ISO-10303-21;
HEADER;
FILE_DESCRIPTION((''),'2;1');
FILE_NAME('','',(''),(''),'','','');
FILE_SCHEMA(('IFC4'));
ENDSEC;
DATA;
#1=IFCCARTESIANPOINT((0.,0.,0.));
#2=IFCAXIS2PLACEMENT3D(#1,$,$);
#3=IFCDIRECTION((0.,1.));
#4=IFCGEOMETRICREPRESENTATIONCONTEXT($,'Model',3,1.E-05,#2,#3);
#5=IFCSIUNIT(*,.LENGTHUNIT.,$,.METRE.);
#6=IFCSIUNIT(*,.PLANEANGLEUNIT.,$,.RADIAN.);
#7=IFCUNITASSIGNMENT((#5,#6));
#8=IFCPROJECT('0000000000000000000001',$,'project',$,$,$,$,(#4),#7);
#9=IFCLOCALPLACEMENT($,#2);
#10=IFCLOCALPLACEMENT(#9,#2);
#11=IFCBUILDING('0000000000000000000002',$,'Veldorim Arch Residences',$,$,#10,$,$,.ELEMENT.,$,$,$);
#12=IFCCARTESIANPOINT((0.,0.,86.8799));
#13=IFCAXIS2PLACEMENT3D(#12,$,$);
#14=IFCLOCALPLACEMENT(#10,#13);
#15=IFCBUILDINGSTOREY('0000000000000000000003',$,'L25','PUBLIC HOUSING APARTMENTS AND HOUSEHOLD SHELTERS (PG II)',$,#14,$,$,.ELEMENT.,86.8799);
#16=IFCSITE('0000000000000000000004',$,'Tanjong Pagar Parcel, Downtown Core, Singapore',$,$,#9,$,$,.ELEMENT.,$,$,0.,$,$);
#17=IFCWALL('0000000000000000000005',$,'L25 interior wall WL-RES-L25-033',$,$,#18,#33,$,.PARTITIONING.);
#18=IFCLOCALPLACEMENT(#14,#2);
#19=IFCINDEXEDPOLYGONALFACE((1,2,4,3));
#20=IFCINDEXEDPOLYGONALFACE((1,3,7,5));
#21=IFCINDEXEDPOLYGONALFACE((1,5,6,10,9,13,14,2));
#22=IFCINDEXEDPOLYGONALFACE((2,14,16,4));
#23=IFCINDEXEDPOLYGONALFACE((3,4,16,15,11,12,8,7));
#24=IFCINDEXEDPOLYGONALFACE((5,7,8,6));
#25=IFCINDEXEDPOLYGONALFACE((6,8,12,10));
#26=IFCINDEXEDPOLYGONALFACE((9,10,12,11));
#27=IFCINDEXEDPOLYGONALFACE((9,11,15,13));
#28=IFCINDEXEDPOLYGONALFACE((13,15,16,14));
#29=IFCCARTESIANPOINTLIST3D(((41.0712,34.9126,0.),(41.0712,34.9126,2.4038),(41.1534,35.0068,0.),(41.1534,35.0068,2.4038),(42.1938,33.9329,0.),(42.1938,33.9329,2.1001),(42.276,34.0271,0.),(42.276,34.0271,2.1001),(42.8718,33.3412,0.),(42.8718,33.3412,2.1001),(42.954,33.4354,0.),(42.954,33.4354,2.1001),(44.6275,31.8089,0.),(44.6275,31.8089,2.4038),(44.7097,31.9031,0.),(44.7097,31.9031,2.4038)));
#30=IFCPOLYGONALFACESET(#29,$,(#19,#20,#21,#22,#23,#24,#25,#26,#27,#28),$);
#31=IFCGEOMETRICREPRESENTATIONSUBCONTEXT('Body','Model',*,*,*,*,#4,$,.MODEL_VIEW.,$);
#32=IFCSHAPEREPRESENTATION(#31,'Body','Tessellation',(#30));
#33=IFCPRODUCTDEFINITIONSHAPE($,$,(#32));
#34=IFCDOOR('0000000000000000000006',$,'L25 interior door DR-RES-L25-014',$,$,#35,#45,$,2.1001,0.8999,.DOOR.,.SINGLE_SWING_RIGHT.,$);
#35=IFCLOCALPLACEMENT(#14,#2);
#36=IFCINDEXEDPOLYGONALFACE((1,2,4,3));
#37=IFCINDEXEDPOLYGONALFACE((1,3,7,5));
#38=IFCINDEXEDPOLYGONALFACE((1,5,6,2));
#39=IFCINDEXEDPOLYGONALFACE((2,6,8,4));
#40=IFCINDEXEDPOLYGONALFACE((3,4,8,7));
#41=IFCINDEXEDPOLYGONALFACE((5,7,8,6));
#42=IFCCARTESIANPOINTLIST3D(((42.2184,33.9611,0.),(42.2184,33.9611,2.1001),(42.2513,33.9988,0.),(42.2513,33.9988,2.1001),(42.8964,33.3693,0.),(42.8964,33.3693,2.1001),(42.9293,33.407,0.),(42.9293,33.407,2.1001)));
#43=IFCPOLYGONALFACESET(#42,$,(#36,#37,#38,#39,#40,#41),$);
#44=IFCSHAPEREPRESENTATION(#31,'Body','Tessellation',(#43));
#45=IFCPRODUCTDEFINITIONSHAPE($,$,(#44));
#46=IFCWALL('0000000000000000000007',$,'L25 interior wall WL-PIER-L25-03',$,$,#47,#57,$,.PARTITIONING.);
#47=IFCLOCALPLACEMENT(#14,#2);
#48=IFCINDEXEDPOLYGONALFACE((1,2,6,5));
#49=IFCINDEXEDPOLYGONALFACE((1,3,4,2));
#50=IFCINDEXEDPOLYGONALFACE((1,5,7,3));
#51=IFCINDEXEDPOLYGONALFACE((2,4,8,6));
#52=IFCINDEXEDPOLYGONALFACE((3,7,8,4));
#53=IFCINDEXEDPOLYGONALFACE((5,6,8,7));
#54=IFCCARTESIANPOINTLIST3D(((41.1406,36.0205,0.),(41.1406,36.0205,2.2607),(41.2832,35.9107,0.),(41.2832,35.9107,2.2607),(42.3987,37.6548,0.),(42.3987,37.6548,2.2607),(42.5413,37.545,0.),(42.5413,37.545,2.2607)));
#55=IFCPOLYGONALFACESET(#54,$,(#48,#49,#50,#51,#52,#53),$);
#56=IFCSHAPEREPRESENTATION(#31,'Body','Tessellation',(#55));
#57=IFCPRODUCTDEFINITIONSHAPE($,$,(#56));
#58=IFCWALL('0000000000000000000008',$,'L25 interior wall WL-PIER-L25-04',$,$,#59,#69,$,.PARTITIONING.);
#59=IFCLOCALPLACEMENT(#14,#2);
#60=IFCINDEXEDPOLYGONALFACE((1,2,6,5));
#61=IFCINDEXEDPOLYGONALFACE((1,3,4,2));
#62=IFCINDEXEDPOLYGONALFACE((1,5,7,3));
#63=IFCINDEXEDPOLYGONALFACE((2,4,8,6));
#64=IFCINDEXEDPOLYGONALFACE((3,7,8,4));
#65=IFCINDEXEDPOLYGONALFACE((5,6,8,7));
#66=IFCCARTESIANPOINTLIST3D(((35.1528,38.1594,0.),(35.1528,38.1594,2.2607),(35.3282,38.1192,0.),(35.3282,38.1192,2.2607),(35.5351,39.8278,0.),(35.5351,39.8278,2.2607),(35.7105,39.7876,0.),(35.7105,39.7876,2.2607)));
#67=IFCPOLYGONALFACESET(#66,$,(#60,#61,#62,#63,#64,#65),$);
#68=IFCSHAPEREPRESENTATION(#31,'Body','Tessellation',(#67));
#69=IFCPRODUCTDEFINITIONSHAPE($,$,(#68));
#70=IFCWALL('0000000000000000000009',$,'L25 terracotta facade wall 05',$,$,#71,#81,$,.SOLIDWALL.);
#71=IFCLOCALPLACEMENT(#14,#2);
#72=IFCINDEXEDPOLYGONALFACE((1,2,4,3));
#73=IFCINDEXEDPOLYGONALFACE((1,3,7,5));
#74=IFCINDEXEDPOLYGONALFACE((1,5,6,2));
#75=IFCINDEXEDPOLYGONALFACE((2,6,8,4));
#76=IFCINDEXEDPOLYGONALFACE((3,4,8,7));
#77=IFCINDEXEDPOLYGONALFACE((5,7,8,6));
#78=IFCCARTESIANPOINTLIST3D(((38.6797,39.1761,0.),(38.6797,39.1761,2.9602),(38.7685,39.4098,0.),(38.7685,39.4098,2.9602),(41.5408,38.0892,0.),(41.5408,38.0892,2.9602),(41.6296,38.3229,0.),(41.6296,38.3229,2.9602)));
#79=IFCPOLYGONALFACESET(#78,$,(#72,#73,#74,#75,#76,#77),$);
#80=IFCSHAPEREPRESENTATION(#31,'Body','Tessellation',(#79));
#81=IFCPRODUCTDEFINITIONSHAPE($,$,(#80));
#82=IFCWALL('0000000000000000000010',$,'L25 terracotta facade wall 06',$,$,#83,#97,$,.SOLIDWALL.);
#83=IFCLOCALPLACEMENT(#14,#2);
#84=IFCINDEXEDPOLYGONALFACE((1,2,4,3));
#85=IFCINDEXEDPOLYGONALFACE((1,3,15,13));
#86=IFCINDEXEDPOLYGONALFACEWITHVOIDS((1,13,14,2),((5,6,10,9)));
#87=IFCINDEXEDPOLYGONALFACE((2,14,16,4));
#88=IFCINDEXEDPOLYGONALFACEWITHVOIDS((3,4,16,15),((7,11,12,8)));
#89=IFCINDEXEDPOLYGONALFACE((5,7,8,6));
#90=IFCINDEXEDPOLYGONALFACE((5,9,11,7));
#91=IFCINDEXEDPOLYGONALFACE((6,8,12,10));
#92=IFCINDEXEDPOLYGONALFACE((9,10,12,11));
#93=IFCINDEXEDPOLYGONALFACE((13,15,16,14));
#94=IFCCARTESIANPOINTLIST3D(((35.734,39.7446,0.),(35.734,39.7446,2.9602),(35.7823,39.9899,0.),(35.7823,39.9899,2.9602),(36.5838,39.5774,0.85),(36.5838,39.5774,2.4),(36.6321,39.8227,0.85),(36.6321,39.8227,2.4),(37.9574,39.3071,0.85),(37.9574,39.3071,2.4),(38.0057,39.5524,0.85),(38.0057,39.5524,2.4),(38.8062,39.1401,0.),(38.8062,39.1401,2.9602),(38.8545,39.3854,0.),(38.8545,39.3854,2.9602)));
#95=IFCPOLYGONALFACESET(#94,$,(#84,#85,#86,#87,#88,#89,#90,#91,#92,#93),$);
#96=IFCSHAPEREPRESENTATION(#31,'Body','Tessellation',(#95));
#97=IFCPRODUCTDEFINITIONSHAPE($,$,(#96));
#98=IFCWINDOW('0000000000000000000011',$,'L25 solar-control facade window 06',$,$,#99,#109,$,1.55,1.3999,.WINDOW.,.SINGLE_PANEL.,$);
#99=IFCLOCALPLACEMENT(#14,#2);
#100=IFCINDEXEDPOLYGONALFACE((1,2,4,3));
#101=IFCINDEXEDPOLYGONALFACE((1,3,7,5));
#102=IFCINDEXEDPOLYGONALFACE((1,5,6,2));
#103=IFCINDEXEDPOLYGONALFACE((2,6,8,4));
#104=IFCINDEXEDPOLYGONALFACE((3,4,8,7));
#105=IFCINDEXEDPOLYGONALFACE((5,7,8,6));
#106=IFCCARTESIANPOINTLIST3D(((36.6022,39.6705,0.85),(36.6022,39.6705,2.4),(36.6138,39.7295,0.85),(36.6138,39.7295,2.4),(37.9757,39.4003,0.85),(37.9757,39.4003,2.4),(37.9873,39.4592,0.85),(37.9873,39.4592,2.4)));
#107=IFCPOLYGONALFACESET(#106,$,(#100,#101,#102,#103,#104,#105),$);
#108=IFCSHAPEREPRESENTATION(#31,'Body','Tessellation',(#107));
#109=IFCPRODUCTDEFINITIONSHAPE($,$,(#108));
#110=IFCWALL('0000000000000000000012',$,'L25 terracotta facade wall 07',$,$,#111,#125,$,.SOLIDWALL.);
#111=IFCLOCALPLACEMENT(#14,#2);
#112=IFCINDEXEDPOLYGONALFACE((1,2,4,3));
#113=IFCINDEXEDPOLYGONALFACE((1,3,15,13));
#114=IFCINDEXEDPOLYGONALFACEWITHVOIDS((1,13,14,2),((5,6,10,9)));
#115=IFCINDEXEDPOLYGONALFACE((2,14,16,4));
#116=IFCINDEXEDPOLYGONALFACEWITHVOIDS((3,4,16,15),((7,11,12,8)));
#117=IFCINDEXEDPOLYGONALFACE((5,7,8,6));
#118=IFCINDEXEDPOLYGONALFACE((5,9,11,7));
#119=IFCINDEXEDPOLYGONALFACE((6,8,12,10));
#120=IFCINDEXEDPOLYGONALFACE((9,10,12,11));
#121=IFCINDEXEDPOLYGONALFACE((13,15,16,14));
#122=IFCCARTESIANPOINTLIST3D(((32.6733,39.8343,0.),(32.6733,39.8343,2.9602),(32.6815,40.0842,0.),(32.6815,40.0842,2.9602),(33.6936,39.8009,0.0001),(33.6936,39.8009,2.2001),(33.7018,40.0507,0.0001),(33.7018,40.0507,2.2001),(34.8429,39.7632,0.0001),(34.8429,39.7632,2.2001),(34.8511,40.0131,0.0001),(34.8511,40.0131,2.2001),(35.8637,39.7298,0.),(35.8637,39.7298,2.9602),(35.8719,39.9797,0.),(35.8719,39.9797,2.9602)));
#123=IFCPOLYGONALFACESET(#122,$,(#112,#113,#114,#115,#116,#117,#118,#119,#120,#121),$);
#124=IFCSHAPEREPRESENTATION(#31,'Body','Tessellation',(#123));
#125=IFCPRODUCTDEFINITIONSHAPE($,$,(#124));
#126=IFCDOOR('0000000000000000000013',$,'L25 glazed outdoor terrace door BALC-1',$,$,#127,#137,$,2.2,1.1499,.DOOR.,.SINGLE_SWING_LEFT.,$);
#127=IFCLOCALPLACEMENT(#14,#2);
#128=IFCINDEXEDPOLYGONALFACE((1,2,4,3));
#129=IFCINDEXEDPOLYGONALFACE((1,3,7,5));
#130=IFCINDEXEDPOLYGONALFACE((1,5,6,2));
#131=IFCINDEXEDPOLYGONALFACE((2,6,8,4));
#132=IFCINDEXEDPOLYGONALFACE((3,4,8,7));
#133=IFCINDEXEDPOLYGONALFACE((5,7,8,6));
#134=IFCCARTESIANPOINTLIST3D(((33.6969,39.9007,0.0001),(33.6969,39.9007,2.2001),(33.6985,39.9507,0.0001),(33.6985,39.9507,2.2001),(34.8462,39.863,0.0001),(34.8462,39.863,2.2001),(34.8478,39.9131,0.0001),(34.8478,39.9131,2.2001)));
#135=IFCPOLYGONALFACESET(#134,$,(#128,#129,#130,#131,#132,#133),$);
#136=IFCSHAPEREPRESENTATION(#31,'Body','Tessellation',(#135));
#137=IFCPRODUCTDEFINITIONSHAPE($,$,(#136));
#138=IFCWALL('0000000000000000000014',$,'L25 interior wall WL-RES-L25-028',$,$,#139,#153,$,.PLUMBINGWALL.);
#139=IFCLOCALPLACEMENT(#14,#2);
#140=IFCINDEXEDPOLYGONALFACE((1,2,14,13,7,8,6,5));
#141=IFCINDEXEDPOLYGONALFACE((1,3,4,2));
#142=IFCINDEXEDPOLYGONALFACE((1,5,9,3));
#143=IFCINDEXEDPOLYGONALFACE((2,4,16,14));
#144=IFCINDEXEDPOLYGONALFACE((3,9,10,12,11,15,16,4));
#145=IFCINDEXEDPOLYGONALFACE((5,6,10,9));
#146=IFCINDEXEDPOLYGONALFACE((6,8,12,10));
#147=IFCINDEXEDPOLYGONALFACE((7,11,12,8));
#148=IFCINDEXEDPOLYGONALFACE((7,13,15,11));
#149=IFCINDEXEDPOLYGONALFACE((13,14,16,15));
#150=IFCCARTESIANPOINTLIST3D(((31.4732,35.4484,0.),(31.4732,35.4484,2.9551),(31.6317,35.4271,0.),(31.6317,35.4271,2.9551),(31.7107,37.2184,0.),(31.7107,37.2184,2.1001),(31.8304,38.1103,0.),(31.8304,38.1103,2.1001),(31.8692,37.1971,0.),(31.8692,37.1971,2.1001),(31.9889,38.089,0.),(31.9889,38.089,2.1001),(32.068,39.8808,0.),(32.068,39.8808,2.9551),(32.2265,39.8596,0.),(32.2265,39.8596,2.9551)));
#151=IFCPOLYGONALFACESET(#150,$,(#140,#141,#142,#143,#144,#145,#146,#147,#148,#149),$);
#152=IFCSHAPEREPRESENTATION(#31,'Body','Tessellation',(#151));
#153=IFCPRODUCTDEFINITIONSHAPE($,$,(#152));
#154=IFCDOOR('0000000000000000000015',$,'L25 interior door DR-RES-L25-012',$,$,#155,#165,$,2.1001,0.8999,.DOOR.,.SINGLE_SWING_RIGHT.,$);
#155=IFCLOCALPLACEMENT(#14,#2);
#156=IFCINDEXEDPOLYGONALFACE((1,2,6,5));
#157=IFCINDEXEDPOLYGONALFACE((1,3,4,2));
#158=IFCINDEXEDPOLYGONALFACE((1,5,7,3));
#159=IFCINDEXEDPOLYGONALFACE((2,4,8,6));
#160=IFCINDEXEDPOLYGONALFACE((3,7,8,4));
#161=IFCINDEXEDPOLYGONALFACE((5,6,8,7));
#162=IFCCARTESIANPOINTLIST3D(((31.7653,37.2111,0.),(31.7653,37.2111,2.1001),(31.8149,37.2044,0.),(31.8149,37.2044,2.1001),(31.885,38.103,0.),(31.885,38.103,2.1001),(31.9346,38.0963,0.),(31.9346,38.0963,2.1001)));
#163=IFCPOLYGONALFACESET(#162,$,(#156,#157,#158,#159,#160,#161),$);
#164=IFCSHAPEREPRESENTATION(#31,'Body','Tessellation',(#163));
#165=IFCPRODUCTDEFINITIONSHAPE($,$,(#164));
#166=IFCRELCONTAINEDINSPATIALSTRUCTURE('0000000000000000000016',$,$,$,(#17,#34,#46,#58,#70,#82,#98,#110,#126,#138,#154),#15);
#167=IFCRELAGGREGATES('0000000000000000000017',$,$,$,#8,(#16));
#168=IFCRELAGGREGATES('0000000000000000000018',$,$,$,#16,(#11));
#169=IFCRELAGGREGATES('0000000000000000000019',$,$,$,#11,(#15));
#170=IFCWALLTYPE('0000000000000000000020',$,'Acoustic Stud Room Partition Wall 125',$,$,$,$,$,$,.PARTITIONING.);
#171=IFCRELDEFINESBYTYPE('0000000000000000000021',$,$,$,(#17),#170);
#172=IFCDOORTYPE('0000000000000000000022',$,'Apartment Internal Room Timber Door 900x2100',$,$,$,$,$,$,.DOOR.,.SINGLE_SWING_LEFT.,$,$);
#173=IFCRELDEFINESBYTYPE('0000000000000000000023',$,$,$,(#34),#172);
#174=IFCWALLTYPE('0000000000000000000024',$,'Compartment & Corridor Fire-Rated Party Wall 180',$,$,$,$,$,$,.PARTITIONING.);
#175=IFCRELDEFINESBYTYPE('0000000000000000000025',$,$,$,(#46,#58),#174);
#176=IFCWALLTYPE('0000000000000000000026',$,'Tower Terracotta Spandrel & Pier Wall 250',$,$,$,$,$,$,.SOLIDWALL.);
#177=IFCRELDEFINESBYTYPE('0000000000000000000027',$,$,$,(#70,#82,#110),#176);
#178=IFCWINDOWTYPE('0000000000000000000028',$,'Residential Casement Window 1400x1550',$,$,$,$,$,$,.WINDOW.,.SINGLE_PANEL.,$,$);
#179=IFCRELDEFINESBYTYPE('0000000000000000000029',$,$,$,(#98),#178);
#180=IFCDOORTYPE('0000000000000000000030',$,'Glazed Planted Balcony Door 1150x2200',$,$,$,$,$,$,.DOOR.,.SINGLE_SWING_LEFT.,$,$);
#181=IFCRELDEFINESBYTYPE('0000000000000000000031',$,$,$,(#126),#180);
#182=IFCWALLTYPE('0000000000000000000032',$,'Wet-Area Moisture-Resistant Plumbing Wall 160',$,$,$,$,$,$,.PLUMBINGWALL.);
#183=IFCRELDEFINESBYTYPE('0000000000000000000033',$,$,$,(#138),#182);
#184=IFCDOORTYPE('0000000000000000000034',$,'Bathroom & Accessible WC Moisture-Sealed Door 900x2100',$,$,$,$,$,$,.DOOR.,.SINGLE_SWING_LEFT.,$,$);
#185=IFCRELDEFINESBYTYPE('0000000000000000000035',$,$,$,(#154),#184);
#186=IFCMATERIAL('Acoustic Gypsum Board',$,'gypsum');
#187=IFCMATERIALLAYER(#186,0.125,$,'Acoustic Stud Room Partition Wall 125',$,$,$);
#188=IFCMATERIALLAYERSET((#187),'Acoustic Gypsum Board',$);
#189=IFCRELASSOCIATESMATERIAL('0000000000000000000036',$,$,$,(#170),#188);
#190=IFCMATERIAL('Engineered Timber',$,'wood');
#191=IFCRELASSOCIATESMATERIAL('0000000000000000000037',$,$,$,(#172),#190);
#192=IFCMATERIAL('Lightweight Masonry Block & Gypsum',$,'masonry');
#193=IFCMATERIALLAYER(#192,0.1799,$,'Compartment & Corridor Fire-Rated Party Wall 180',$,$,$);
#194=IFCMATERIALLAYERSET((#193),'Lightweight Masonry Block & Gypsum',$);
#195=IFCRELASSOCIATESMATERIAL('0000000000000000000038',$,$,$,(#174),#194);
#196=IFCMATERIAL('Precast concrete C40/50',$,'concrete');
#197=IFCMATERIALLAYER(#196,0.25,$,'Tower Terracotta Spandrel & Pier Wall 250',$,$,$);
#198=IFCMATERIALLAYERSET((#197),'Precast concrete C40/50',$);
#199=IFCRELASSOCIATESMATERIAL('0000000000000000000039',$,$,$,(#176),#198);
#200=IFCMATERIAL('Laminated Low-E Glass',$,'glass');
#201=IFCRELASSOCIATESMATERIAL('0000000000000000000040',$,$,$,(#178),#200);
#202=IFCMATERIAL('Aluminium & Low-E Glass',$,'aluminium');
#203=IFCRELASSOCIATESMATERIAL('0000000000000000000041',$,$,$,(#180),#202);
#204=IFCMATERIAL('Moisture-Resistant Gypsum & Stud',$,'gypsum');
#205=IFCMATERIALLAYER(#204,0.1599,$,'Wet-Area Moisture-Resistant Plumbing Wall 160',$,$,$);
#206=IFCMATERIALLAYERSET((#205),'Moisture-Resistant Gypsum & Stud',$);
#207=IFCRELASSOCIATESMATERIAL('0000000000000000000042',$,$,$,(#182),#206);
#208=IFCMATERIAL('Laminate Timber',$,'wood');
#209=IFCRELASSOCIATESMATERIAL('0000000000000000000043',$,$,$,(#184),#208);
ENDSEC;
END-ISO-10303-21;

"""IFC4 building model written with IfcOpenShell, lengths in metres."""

from ifc_helpers import new_model, si_unit, direction, frame, frame_2d, origin, place, context, subcontext, project, spatial, rectangle, extrude, material, layer, layer_set, type_object, element, fill, save


model = new_model("IFC4")

# Units and contexts
model_context = context("Model", 3, precision=1e-05, world=origin(), true_north=direction((0.0, 1.0)))
body_context = subcontext(model_context, "Body", "Model", "MODEL_VIEW")
ifc_project = project(units=[si_unit("LENGTHUNIT", "METRE"), si_unit("PLANEANGLEUNIT", "RADIAN")], contexts=[model_context])

# Site, building, storey
site_placement = place(None, origin())
site = spatial("IfcSite", under=ifc_project, at=site_placement, Name="Tanjong Pagar Parcel, Downtown Core, Singapore", CompositionType="ELEMENT", RefElevation=0.0)
building_placement = place(site_placement, origin())
building = spatial("IfcBuilding", under=site, at=building_placement, Name="Veldorim Arch Residences", CompositionType="ELEMENT")
storey_placement = place(building_placement, frame((0.0, 0.0, 86.8799)))
storey = spatial("IfcBuildingStorey", under=building, at=storey_placement, Name="L25", Description="PUBLIC HOUSING APARTMENTS AND HOUSEHOLD SHELTERS (PG II)", CompositionType="ELEMENT", Elevation=86.8799)

# Wall, opening, door
ifc_material_1 = material(Name="Acoustic Gypsum Board", Category="gypsum")
ifc_layer_1 = layer(ifc_material_1, 0.125, Name="Acoustic Stud Room Partition Wall 125")
ifc_layer_set_1 = layer_set([ifc_layer_1], Name="Acoustic Gypsum Board")
wall_type_1 = type_object("IfcWallType", Name="Acoustic Stud Room Partition Wall 125", PredefinedType="PARTITIONING", material=ifc_layer_set_1)
ifc_material_2 = material(Name="Engineered Timber", Category="wood")
door_type_1 = type_object("IfcDoorType", Name="Apartment Internal Room Timber Door 900x2100", OperationType="SINGLE_SWING_LEFT", PredefinedType="DOOR", material=ifc_material_2)
wall_1_placement = place(storey_placement, frame((41.1123, 34.9597, 0.0), z_axis=(0.0, 0.0, 1.0), x_axis=(0.753425, -0.657534, 0.0)))
wall_1 = element("IfcWall", 1, at=wall_1_placement, inside=storey, type_object=wall_type_1, Name="L25 interior wall WL-RES-L25-033", PredefinedType="PARTITIONING", context=body_context, shape_type="SweptSolid", body=[
    extrude(rectangle(XDim=4.7202, YDim=0.125, at=frame_2d((2.3601, 0.0))), origin(), (0.0, 0.0, 1.0), 2.4038),
])
opening_1_placement = place(wall_1_placement, frame((1.49, 0.0, 0.0)))
opening_1 = element("IfcOpeningElement", 2, at=opening_1_placement, cuts=wall_1, PredefinedType="OPENING", context=body_context, shape_type="SweptSolid", body=[
    extrude(rectangle(XDim=0.8999, YDim=2.1001, at=frame_2d((0.45, 1.05))), frame((0.0, 0.0725, 0.0), z_axis=(0.0, -1.0, 0.0), x_axis=(1.0, 0.0, 0.0)), (0.0, 0.0, 1.0), 0.145),
])
door_1_placement = place(opening_1_placement, origin())
door_1 = element("IfcDoor", 3, at=door_1_placement, inside=storey, type_object=door_type_1, Name="L25 interior door DR-RES-L25-014", OperationType="SINGLE_SWING_RIGHT", OverallHeight=2.1001, OverallWidth=0.8999, PredefinedType="DOOR", context=body_context, shape_type="SweptSolid", body=[
    extrude(rectangle(XDim=0.8999, YDim=2.1001, at=frame_2d((0.45, 1.05))), frame((0.0, 0.0249, 0.0), z_axis=(0.0, -1.0, 0.0), x_axis=(1.0, 0.0, 0.0)), (0.0, 0.0, 1.0), 0.05),
])
fill(opening_1, door_1)

# Walls
ifc_material_3 = material(Name="Lightweight Masonry Block & Gypsum", Category="masonry")
ifc_layer_2 = layer(ifc_material_3, 0.1799, Name="Compartment & Corridor Fire-Rated Party Wall 180")
ifc_layer_set_2 = layer_set([ifc_layer_2], Name="Lightweight Masonry Block & Gypsum")
wall_type_2 = type_object("IfcWallType", Name="Compartment & Corridor Fire-Rated Party Wall 180", PredefinedType="PARTITIONING", material=ifc_layer_set_2)
wall_2_placement = place(storey_placement, frame((41.2119, 35.9656, 0.0), z_axis=(0.0, 0.0, 1.0), x_axis=(0.609991, 0.792408, 0.0)))
element("IfcWall", 4, at=wall_2_placement, inside=storey, type_object=wall_type_2, Name="L25 interior wall WL-PIER-L25-03", PredefinedType="PARTITIONING", context=body_context, shape_type="SweptSolid", body=[
    extrude(rectangle(XDim=2.0625, YDim=0.1799, at=frame_2d((1.0312, 0.0))), origin(), (0.0, 0.0, 1.0), 2.2607),
])
wall_3_placement = place(storey_placement, frame((35.2405, 38.1392, 0.0), z_axis=(0.0, 0.0, 1.0), x_axis=(0.223359, 0.974736, 0.0)))
element("IfcWall", 5, at=wall_3_placement, inside=storey, type_object=wall_type_2, Name="L25 interior wall WL-PIER-L25-04", PredefinedType="PARTITIONING", context=body_context, shape_type="SweptSolid", body=[
    extrude(rectangle(XDim=1.7117, YDim=0.1799, at=frame_2d((0.856, 0.0))), origin(), (0.0, 0.0, 1.0), 2.2607),
])
ifc_material_4 = material(Name="Precast concrete C40/50", Category="concrete")
ifc_layer_3 = layer(ifc_material_4, 0.25, Name="Tower Terracotta Spandrel & Pier Wall 250")
ifc_layer_set_3 = layer_set([ifc_layer_3], Name="Precast concrete C40/50")
wall_type_3 = type_object("IfcWallType", Name="Tower Terracotta Spandrel & Pier Wall 250", PredefinedType="SOLIDWALL", material=ifc_layer_set_3)
wall_4_placement = place(storey_placement, frame((38.7241, 39.293, 0.0), z_axis=(0.0, 0.0, 1.0), x_axis=(0.934816, -0.355133, 0.0)))
element("IfcWall", 6, at=wall_4_placement, inside=storey, type_object=wall_type_3, Name="L25 terracotta facade wall 05", PredefinedType="SOLIDWALL", context=body_context, shape_type="SweptSolid", body=[
    extrude(rectangle(XDim=3.0605, YDim=0.25, at=frame_2d((1.5303, 0.0))), origin(), (0.0, 0.0, 1.0), 2.9602),
])

# Wall, opening, window
wall_5_placement = place(storey_placement, frame((35.7583, 39.8672, 0.0), z_axis=(0.0, 0.0, 1.0), x_axis=(0.981188, -0.193056, 0.0)))
wall_5 = element("IfcWall", 7, at=wall_5_placement, inside=storey, type_object=wall_type_3, Name="L25 terracotta facade wall 06", PredefinedType="SOLIDWALL", context=body_context, shape_type="SweptSolid", body=[
    extrude(rectangle(XDim=3.1311, YDim=0.25, at=frame_2d((1.5654, 0.0))), origin(), (0.0, 0.0, 1.0), 2.9602),
])
opening_2_placement = place(wall_5_placement, frame((0.866, 0.0, 0.8501)))
opening_2 = element("IfcOpeningElement", 8, at=opening_2_placement, cuts=wall_5, PredefinedType="OPENING", context=body_context, shape_type="SweptSolid", body=[
    extrude(rectangle(XDim=1.3999, YDim=1.55, at=frame_2d((0.7, 0.7749))), frame((0.0, 0.135, 0.0), z_axis=(0.0, -1.0, 0.0), x_axis=(1.0, 0.0, 0.0)), (0.0, 0.0, 1.0), 0.27),
])
ifc_material_5 = material(Name="Laminated Low-E Glass", Category="glass")
window_type = type_object("IfcWindowType", Name="Residential Casement Window 1400x1550", PartitioningType="SINGLE_PANEL", PredefinedType="WINDOW", material=ifc_material_5)
window_placement = place(opening_2_placement, origin())
window = element("IfcWindow", 9, at=window_placement, inside=storey, type_object=window_type, Name="L25 solar-control facade window 06", OverallHeight=1.55, OverallWidth=1.3999, PartitioningType="SINGLE_PANEL", PredefinedType="WINDOW", context=body_context, shape_type="SweptSolid", body=[
    extrude(rectangle(XDim=1.3999, YDim=1.55, at=frame_2d((0.7, 0.7749))), frame((0.0, 0.03, 0.0), z_axis=(0.0, -1.0, 0.0), x_axis=(1.0, 0.0, 0.0)), (0.0, 0.0, 1.0), 0.0601),
])
fill(opening_2, window)

# Walls, openings, doors
wall_6_placement = place(storey_placement, frame((32.6772, 39.9592, 0.0), z_axis=(0.0, 0.0, 1.0), x_axis=(0.999464, -0.032734, 0.0)))
wall_6 = element("IfcWall", 10, at=wall_6_placement, inside=storey, type_object=wall_type_3, Name="L25 terracotta facade wall 07", PredefinedType="SOLIDWALL", context=body_context, shape_type="SweptSolid", body=[
    extrude(rectangle(XDim=3.1921, YDim=0.25, at=frame_2d((1.5962, 0.0))), origin(), (0.0, 0.0, 1.0), 2.9602),
])
opening_3_placement = place(wall_6_placement, frame((1.021, 0.0, 0.0)))
opening_3 = element("IfcOpeningElement", 11, at=opening_3_placement, cuts=wall_6, PredefinedType="OPENING", context=body_context, shape_type="SweptSolid", body=[
    extrude(rectangle(XDim=1.1499, YDim=2.2, at=frame_2d((0.575, 1.1001))), frame((0.0, 0.135, 0.0), z_axis=(0.0, -1.0, 0.0), x_axis=(1.0, 0.0, 0.0)), (0.0, 0.0, 1.0), 0.27),
])
ifc_material_6 = material(Name="Aluminium & Low-E Glass", Category="aluminium")
door_type_2 = type_object("IfcDoorType", Name="Glazed Planted Balcony Door 1150x2200", OperationType="SINGLE_SWING_LEFT", PredefinedType="DOOR", material=ifc_material_6)
door_2_placement = place(opening_3_placement, origin())
door_2 = element("IfcDoor", 12, at=door_2_placement, inside=storey, type_object=door_type_2, Name="L25 glazed outdoor terrace door BALC-1", OperationType="SINGLE_SWING_LEFT", OverallHeight=2.2, OverallWidth=1.1499, PredefinedType="DOOR", context=body_context, shape_type="SweptSolid", body=[
    extrude(rectangle(XDim=1.1499, YDim=2.2, at=frame_2d((0.575, 1.1001))), frame((0.0, 0.0249, 0.0), z_axis=(0.0, -1.0, 0.0), x_axis=(1.0, 0.0, 0.0)), (0.0, 0.0, 1.0), 0.05),
])
fill(opening_3, door_2)
ifc_material_7 = material(Name="Moisture-Resistant Gypsum & Stud", Category="gypsum")
ifc_layer_4 = layer(ifc_material_7, 0.1599, Name="Wet-Area Moisture-Resistant Plumbing Wall 160")
ifc_layer_set_4 = layer_set([ifc_layer_4], Name="Moisture-Resistant Gypsum & Stud")
wall_type_4 = type_object("IfcWallType", Name="Wet-Area Moisture-Resistant Plumbing Wall 160", PredefinedType="PLUMBINGWALL", material=ifc_layer_set_4)
wall_7_placement = place(storey_placement, frame((31.5525, 35.4377, 0.0), z_axis=(0.0, 0.0, 1.0), x_axis=(0.132986, 0.991118, 0.0)))
wall_7 = element("IfcWall", 13, at=wall_7_placement, inside=storey, type_object=wall_type_4, Name="L25 interior wall WL-RES-L25-028", PredefinedType="PLUMBINGWALL", context=body_context, shape_type="SweptSolid", body=[
    extrude(rectangle(XDim=4.4722, YDim=0.1599, at=frame_2d((2.2361, 0.0))), origin(), (0.0, 0.0, 1.0), 2.9551),
])
opening_4_placement = place(wall_7_placement, frame((1.7859, 0.0, 0.0)))
opening_4 = element("IfcOpeningElement", 14, at=opening_4_placement, cuts=wall_7, PredefinedType="OPENING", context=body_context, shape_type="SweptSolid", body=[
    extrude(rectangle(XDim=0.8999, YDim=2.1001, at=frame_2d((0.45, 1.05))), frame((0.0, 0.0898, 0.0), z_axis=(0.0, -1.0, 0.0), x_axis=(1.0, 0.0, 0.0)), (0.0, 0.0, 1.0), 0.1799),
])
ifc_material_8 = material(Name="Laminate Timber", Category="wood")
door_type_3 = type_object("IfcDoorType", Name="Bathroom & Accessible WC Moisture-Sealed Door 900x2100", OperationType="SINGLE_SWING_LEFT", PredefinedType="DOOR", material=ifc_material_8)
door_3_placement = place(opening_4_placement, origin())
door_3 = element("IfcDoor", 15, at=door_3_placement, inside=storey, type_object=door_type_3, Name="L25 interior door DR-RES-L25-012", OperationType="SINGLE_SWING_RIGHT", OverallHeight=2.1001, OverallWidth=0.8999, PredefinedType="DOOR", context=body_context, shape_type="SweptSolid", body=[
    extrude(rectangle(XDim=0.8999, YDim=2.1001, at=frame_2d((0.45, 1.05))), frame((0.0, 0.0249, 0.0), z_axis=(0.0, -1.0, 0.0), x_axis=(1.0, 0.0, 0.0)), (0.0, 0.0, 1.0), 0.05),
])
fill(opening_4, door_3)

save(model, "model.ifc")
